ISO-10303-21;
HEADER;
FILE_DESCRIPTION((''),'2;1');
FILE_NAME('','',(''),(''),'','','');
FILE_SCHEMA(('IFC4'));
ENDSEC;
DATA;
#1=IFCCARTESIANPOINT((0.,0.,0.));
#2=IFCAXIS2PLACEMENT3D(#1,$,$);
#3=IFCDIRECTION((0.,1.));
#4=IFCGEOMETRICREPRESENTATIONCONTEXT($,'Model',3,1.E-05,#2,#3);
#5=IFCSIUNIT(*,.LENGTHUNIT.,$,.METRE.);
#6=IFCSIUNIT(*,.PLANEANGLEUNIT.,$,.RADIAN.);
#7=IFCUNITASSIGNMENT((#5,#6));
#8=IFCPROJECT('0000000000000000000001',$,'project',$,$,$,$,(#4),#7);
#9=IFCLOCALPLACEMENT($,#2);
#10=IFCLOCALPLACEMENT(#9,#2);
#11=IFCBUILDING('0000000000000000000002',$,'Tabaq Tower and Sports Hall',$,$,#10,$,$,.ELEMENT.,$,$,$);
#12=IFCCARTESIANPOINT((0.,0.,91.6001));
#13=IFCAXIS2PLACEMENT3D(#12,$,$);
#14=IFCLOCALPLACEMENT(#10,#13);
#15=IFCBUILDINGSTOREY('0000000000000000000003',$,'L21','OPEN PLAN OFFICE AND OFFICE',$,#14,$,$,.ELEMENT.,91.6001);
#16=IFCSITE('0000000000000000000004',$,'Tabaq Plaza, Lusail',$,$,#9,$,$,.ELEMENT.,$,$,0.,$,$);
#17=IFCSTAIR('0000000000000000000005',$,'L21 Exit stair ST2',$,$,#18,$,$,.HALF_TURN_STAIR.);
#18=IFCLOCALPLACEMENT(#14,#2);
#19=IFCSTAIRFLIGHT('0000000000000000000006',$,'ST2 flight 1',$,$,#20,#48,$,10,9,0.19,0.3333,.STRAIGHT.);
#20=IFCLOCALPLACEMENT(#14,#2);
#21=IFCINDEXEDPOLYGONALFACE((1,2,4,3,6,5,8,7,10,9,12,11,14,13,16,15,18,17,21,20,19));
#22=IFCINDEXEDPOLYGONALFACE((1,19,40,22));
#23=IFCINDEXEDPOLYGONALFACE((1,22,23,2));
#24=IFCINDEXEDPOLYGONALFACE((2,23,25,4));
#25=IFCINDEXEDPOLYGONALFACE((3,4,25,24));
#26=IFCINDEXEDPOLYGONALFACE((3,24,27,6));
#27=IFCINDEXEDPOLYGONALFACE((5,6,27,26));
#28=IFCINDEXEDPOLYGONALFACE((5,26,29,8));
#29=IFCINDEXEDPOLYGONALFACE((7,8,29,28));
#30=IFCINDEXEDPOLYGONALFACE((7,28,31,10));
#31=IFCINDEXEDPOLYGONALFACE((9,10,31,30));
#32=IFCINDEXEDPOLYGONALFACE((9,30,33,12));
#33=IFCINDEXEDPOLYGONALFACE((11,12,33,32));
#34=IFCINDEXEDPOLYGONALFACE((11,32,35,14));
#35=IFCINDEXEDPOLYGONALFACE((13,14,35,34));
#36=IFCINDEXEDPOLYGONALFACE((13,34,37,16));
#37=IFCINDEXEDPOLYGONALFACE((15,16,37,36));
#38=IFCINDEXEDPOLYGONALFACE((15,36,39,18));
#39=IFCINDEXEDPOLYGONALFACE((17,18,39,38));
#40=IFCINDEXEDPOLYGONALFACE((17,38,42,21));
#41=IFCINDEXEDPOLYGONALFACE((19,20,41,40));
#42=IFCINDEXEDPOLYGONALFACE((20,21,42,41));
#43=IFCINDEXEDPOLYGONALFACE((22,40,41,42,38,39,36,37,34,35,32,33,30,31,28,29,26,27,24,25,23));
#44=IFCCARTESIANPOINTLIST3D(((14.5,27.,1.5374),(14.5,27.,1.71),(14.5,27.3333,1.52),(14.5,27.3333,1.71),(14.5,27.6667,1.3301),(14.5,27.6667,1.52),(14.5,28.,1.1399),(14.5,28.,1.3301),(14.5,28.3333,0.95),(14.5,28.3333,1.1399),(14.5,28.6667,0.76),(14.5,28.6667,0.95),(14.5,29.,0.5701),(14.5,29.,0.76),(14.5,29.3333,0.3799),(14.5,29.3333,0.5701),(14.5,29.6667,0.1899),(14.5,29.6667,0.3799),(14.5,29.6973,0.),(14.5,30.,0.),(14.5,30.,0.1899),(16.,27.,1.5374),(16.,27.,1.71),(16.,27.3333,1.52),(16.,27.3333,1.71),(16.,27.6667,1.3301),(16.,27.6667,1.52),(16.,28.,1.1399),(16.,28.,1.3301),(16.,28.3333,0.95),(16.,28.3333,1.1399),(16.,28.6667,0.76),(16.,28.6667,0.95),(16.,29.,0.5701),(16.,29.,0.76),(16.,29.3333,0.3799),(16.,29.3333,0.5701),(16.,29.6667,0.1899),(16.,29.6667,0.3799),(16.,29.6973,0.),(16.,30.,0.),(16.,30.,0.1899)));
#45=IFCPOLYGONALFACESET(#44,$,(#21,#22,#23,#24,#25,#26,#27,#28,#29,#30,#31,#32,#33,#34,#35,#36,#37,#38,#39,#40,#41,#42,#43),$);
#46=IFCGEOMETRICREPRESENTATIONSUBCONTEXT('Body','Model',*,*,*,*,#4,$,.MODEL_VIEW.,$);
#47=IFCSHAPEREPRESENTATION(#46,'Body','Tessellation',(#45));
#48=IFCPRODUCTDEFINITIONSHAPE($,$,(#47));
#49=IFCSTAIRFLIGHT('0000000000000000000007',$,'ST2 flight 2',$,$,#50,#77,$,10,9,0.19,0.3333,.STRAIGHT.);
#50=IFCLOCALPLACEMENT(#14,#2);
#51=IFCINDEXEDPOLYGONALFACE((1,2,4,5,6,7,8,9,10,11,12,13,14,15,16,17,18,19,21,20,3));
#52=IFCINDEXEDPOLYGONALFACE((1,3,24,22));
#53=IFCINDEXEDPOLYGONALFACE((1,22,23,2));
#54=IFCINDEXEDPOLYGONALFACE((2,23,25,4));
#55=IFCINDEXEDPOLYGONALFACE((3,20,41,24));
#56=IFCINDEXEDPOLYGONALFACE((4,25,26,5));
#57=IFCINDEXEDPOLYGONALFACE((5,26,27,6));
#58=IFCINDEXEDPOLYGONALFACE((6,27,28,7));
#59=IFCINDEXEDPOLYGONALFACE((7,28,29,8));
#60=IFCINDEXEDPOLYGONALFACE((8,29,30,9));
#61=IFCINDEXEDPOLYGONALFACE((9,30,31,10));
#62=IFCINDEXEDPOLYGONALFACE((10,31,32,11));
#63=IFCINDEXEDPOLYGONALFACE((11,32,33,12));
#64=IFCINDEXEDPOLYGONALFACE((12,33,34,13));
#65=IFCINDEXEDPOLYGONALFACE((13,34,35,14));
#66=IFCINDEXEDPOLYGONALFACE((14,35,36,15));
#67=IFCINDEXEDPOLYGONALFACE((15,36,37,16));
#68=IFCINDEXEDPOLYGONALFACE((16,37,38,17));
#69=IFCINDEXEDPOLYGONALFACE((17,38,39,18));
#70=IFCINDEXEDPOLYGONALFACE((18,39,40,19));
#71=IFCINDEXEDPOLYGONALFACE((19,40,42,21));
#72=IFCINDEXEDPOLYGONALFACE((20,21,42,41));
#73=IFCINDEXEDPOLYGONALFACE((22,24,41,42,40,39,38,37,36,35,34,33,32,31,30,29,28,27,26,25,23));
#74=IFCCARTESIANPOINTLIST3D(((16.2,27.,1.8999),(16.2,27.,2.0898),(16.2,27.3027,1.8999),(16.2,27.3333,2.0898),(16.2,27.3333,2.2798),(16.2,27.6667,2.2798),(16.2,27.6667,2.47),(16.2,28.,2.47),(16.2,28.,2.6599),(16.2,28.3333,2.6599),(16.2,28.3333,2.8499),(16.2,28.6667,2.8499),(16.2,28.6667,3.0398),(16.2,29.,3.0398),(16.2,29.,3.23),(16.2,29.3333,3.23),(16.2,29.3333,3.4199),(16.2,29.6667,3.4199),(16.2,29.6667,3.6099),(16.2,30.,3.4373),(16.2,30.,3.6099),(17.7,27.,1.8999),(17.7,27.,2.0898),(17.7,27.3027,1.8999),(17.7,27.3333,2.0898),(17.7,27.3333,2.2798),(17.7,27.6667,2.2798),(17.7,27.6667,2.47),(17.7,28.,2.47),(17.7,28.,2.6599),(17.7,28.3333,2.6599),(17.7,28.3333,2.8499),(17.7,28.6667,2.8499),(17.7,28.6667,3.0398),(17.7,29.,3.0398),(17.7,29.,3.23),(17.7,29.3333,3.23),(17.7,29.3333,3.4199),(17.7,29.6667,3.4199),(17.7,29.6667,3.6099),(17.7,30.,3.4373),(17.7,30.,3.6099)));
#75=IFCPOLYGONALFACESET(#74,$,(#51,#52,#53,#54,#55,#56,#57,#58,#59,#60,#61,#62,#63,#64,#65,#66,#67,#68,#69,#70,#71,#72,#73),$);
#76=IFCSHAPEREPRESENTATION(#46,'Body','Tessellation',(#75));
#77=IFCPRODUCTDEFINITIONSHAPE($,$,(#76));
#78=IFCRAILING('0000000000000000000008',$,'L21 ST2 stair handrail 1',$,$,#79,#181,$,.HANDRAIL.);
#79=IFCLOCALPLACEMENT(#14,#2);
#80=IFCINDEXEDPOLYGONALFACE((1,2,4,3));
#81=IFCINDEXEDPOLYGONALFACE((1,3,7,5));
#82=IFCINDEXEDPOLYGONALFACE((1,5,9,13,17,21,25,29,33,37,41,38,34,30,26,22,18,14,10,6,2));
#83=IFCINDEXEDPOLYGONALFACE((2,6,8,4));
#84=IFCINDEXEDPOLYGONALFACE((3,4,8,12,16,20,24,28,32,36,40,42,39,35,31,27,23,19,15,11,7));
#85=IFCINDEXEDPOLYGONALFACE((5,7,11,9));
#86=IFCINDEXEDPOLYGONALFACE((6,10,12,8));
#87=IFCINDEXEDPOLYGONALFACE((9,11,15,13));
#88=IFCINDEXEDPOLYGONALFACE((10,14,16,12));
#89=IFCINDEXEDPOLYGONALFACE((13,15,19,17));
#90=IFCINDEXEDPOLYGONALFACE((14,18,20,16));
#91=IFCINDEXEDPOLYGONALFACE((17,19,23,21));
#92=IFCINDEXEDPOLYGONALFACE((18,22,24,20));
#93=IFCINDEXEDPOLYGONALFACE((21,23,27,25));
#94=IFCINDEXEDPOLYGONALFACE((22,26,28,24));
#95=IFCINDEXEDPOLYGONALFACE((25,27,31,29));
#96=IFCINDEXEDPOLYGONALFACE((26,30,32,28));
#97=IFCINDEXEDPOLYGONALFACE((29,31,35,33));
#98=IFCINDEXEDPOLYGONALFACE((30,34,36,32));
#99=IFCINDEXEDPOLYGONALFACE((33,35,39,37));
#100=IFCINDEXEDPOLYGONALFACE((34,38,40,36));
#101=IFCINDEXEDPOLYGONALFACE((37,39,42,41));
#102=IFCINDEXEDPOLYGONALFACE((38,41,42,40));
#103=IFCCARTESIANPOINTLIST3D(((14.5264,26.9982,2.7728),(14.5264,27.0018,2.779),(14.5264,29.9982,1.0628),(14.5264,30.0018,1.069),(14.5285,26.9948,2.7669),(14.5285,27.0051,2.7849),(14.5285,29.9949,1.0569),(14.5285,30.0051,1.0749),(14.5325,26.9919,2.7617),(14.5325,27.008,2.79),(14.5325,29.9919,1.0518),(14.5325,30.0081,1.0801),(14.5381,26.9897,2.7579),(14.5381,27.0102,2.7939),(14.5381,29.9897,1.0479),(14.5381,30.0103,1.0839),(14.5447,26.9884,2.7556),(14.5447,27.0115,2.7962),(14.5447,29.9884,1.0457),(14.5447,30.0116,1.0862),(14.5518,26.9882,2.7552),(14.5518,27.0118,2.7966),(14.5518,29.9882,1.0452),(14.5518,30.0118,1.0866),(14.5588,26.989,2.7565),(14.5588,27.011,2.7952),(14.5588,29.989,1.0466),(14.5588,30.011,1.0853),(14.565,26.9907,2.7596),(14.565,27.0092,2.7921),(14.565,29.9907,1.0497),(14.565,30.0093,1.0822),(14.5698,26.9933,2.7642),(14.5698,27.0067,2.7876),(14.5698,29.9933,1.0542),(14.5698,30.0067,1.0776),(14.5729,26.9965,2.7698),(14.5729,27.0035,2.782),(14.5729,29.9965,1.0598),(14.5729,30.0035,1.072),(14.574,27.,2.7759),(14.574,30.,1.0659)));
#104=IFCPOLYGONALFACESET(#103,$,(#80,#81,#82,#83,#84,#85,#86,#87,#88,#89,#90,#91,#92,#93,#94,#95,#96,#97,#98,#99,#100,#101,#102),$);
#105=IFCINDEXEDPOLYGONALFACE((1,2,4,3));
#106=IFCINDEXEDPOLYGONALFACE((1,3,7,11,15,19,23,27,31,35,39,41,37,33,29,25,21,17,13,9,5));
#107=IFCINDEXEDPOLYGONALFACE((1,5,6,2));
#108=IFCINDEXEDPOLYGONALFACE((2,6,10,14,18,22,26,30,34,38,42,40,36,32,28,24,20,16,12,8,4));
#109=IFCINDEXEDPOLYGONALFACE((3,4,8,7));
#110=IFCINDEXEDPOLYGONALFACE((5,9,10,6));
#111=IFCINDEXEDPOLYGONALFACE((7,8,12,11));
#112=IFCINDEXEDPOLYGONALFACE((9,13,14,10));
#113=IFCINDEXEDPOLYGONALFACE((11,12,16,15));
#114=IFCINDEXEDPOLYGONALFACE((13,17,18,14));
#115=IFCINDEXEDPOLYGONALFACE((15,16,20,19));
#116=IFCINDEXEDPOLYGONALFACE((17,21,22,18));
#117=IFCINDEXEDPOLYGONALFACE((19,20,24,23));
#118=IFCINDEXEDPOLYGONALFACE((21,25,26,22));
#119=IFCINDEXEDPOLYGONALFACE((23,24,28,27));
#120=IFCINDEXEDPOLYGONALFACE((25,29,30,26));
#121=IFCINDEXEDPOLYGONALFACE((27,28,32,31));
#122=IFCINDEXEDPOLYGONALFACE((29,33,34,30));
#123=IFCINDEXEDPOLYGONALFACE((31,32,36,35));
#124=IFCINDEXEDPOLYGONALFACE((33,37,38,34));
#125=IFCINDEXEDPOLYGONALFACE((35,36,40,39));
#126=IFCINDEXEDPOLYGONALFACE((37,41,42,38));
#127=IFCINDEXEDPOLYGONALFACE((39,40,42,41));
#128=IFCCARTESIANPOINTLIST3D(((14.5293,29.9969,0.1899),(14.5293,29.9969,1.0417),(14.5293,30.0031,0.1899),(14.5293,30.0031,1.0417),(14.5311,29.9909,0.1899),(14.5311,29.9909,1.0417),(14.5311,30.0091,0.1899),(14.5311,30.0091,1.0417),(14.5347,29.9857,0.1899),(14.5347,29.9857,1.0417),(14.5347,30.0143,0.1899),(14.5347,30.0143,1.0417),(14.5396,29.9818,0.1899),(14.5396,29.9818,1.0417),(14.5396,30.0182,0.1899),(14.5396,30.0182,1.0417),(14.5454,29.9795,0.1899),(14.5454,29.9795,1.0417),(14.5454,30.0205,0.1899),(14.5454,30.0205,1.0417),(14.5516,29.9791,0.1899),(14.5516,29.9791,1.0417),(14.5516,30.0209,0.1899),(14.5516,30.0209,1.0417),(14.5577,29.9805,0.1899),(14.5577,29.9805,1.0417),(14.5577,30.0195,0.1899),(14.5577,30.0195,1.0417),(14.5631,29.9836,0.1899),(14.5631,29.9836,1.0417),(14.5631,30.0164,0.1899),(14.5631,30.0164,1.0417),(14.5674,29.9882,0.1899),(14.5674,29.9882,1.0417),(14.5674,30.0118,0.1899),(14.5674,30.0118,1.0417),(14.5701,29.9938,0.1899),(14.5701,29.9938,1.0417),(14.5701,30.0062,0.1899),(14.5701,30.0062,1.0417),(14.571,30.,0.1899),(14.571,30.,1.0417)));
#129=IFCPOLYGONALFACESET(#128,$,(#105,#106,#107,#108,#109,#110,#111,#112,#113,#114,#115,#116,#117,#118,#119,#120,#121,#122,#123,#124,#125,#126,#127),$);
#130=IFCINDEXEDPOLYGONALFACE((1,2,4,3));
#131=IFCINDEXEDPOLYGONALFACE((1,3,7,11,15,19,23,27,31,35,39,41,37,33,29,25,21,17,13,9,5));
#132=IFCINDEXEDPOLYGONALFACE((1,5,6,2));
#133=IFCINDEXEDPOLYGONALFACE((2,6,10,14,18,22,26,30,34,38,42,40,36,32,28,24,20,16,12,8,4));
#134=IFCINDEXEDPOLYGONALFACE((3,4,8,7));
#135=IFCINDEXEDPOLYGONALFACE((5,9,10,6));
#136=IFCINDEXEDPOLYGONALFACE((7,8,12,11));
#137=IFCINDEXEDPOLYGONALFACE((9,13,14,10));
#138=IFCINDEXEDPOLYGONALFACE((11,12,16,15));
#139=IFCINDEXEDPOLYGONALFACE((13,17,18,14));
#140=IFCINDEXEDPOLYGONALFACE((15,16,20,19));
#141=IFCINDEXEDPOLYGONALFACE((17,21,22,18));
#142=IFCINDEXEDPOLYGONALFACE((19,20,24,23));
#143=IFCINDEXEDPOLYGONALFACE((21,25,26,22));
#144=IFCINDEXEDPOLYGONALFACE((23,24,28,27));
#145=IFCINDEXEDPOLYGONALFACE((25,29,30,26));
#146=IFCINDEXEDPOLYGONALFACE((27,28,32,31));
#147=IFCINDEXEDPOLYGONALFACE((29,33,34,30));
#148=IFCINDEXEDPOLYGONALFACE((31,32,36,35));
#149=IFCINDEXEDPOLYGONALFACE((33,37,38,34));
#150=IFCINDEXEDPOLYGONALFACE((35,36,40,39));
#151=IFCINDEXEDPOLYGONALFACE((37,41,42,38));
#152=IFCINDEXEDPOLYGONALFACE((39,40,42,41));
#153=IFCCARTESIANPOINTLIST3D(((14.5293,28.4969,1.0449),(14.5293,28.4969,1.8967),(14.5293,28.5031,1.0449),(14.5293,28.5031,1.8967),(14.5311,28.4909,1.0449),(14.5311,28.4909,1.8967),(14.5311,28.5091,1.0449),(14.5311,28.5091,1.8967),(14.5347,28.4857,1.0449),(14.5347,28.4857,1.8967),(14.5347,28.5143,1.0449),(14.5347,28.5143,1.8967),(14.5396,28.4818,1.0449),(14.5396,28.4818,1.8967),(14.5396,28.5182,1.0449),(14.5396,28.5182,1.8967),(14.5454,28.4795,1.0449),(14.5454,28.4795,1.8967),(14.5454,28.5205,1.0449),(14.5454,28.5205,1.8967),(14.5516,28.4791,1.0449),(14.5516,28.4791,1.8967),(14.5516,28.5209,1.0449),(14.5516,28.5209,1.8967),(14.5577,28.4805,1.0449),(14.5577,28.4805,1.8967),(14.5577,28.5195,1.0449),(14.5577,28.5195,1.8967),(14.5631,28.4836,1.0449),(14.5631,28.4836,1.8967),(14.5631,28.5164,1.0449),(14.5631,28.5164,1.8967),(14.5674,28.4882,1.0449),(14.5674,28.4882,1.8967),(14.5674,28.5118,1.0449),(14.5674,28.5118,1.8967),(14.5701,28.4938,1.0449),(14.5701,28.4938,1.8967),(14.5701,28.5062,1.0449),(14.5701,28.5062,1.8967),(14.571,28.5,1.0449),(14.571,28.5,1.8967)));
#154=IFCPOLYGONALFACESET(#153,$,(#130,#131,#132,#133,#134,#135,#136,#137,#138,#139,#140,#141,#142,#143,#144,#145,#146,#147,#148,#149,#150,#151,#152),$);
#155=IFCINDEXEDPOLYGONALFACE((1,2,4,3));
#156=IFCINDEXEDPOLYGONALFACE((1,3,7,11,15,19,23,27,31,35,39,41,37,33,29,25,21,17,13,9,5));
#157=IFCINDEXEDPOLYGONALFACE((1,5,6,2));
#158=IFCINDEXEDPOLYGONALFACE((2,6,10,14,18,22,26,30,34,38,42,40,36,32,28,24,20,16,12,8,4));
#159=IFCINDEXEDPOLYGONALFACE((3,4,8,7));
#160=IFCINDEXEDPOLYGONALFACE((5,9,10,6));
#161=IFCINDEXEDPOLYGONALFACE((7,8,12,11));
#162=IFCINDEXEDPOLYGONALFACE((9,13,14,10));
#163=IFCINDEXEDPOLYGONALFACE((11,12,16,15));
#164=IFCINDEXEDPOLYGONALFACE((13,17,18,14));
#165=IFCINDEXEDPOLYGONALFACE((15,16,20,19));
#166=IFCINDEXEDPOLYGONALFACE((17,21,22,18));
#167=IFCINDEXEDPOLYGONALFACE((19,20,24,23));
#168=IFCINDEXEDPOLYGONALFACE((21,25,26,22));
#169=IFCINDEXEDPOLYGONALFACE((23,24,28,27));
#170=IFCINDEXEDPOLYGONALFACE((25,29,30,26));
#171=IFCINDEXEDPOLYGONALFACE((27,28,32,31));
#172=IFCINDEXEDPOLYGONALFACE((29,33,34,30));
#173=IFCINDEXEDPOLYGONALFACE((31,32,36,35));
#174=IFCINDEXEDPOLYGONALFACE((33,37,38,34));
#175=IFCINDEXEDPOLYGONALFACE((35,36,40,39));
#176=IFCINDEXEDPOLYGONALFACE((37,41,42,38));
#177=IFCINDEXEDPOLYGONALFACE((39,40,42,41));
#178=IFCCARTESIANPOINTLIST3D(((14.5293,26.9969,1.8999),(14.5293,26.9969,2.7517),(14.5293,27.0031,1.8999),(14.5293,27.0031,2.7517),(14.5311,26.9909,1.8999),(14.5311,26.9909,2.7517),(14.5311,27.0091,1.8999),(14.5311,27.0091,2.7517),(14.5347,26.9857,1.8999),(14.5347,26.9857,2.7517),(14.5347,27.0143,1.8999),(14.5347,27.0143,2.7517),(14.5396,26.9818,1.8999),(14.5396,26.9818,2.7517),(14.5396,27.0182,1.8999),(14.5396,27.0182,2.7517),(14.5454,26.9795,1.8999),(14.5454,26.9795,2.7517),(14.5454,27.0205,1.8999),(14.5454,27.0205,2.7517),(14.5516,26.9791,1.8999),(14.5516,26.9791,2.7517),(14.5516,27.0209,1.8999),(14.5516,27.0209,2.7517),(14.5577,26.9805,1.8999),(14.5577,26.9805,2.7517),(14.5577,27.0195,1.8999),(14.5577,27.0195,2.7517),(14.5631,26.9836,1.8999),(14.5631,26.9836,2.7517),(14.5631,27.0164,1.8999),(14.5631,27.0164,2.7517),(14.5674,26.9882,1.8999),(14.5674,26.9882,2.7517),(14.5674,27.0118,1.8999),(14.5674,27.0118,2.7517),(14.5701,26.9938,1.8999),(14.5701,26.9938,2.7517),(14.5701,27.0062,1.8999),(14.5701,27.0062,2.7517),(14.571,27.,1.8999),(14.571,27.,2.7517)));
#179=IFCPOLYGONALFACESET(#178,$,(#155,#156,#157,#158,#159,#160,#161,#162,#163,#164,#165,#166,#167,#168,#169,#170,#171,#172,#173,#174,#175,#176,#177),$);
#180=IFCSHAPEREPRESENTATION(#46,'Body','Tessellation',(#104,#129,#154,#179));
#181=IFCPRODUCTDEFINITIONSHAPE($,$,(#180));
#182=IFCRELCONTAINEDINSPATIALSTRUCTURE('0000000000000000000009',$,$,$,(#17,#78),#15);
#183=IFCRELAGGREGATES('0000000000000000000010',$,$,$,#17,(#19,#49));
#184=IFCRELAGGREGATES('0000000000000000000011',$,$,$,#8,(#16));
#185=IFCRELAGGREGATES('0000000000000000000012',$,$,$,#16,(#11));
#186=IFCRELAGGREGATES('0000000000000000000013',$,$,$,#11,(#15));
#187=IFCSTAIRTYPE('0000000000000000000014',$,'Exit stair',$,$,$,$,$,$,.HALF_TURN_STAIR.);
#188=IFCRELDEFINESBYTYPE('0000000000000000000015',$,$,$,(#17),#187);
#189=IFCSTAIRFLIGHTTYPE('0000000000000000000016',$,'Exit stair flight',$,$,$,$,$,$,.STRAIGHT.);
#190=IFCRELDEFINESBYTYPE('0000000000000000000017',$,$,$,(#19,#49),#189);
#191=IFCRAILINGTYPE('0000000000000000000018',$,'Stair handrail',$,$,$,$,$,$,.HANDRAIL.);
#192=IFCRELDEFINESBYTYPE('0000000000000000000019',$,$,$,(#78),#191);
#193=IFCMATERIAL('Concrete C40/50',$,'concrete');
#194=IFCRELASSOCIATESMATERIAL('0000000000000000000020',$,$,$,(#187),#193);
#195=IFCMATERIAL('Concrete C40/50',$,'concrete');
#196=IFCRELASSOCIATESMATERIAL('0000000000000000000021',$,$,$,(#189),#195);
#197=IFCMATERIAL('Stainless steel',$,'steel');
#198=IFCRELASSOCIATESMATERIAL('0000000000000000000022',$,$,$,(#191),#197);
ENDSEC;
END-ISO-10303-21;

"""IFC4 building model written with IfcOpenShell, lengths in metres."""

from ifc_helpers import new_model, si_unit, direction, frame, origin, origin_2d, place, context, subcontext, project, spatial, polyline, circle, outline, extrude, material, type_object, element, aggregate, save


model = new_model("IFC4")

# Units and contexts
model_context = context("Model", 3, precision=1e-05, world=origin(), true_north=direction((0.0, 1.0)))
body_context = subcontext(model_context, "Body", "Model", "MODEL_VIEW")
ifc_project = project(units=[si_unit("LENGTHUNIT", "METRE"), si_unit("PLANEANGLEUNIT", "RADIAN")], contexts=[model_context])

# Site, building, storey
site_placement = place(None, origin())
site = spatial("IfcSite", under=ifc_project, at=site_placement, Name="Tabaq Plaza, Lusail", CompositionType="ELEMENT", RefElevation=0.0)
building_placement = place(site_placement, origin())
building = spatial("IfcBuilding", under=site, at=building_placement, Name="Tabaq Tower and Sports Hall", CompositionType="ELEMENT")
storey_placement = place(building_placement, frame((0.0, 0.0, 91.6001)))
storey = spatial("IfcBuildingStorey", under=building, at=storey_placement, Name="L21", Description="OPEN PLAN OFFICE AND OFFICE", CompositionType="ELEMENT", Elevation=91.6001)

# Stair, stair flights
ifc_material_1 = material(Name="Concrete C40/50", Category="concrete")
stair_type = type_object("IfcStairType", Name="Exit stair", PredefinedType="HALF_TURN_STAIR", material=ifc_material_1)
stair_placement = place(storey_placement, origin())
stair = element("IfcStair", 1, at=stair_placement, inside=storey, type_object=stair_type, Name="L21 Exit stair ST2", PredefinedType="HALF_TURN_STAIR")
ifc_material_2 = material(Name="Concrete C40/50", Category="concrete")
stair_flight_type = type_object("IfcStairFlightType", Name="Exit stair flight", PredefinedType="STRAIGHT", material=ifc_material_2)
stair_flight_1_placement = place(storey_placement, frame((15.25, 30.0, 0.0), z_axis=(0.0, 0.0, 1.0), x_axis=(0.0, -1.0, 0.0)))
stair_flight_1 = element("IfcStairFlight", 2, at=stair_flight_1_placement, type_object=stair_flight_type, Name="ST2 flight 1", NumberOfRisers=10, NumberOfTreads=9, PredefinedType="STRAIGHT", RiserHeight=0.19, TreadLength=0.3333, context=body_context, shape_type="SweptSolid", body=[
    extrude(outline(polyline([(0.0, 0.0), (0.0, 0.1899), (0.3333, 0.1899), (0.3333, 0.3799), (0.6667, 0.3799), (0.6667, 0.5701), (1.0, 0.5701), (1.0, 0.76), (1.3333, 0.76), (1.3333, 0.95), (1.6667, 0.95), (1.6667, 1.1399), (2.0, 1.1399), (2.0, 1.3301), (2.3333, 1.3301), (2.3333, 1.52), (2.6667, 1.52), (2.6667, 1.71), (3.0, 1.71), (3.0, 1.8999), (3.0, 1.5374), (0.3027, 0.0), (0.0, 0.0)])), frame((0.0, 0.75, 0.0), z_axis=(0.0, -1.0, 0.0), x_axis=(1.0, 0.0, 0.0)), (0.0, 0.0, 1.0), 1.5),
])
stair_flight_2_placement = place(storey_placement, frame((16.95, 27.0, 1.8999), z_axis=(0.0, 0.0, 1.0), x_axis=(0.0, 1.0, 0.0)))
stair_flight_2 = element("IfcStairFlight", 3, at=stair_flight_2_placement, type_object=stair_flight_type, Name="ST2 flight 2", NumberOfRisers=10, NumberOfTreads=9, PredefinedType="STRAIGHT", RiserHeight=0.19, TreadLength=0.3333, context=body_context, shape_type="SweptSolid", body=[
    extrude(outline(polyline([(0.0, 0.0), (0.0, 0.1899), (0.3333, 0.1899), (0.3333, 0.3799), (0.6667, 0.3799), (0.6667, 0.5701), (1.0, 0.5701), (1.0, 0.76), (1.3333, 0.76), (1.3333, 0.95), (1.6667, 0.95), (1.6667, 1.1399), (2.0, 1.1399), (2.0, 1.3301), (2.3333, 1.3301), (2.3333, 1.52), (2.6667, 1.52), (2.6667, 1.71), (3.0, 1.71), (3.0, 1.8999), (3.0, 1.5374), (0.3027, 0.0), (0.0, 0.0)])), frame((0.0, 0.75, 0.0), z_axis=(0.0, -1.0, 0.0), x_axis=(1.0, 0.0, 0.0)), (0.0, 0.0, 1.0), 1.5),
])
aggregate(stair, [stair_flight_1, stair_flight_2])

# Railing
ifc_material_3 = material(Name="Stainless steel", Category="steel")
railing_type_1 = type_object("IfcRailingType", Name="Stair handrail", PredefinedType="HANDRAIL", material=ifc_material_3)
railing_1_placement = place(storey_placement, frame((14.55, 30.0, 0.1899)))
element("IfcRailing", 4, at=railing_1_placement, inside=storey, type_object=railing_type_1, Name="L21 ST2 stair handrail 1", PredefinedType="HANDRAIL", context=body_context, shape_type="SweptSolid", body=[
    extrude(circle(Radius=0.0239, at=origin_2d()), frame((0.0, 0.0, 0.876), z_axis=(0.0, -0.868782, 0.495195), x_axis=(1.0, 0.0, 0.0)), (0.0, 0.0, 1.0), 3.4531),
    extrude(circle(Radius=0.021, at=origin_2d()), origin(), (0.0, 0.0, 1.0), 0.8518),
    extrude(circle(Radius=0.021, at=origin_2d()), frame((0.0, -1.5, 0.855)), (0.0, 0.0, 1.0), 0.8518),
    extrude(circle(Radius=0.021, at=origin_2d()), frame((0.0, -3.0, 1.71)), (0.0, 0.0, 1.0), 0.8518),
])

save(model, "model.ifc")
